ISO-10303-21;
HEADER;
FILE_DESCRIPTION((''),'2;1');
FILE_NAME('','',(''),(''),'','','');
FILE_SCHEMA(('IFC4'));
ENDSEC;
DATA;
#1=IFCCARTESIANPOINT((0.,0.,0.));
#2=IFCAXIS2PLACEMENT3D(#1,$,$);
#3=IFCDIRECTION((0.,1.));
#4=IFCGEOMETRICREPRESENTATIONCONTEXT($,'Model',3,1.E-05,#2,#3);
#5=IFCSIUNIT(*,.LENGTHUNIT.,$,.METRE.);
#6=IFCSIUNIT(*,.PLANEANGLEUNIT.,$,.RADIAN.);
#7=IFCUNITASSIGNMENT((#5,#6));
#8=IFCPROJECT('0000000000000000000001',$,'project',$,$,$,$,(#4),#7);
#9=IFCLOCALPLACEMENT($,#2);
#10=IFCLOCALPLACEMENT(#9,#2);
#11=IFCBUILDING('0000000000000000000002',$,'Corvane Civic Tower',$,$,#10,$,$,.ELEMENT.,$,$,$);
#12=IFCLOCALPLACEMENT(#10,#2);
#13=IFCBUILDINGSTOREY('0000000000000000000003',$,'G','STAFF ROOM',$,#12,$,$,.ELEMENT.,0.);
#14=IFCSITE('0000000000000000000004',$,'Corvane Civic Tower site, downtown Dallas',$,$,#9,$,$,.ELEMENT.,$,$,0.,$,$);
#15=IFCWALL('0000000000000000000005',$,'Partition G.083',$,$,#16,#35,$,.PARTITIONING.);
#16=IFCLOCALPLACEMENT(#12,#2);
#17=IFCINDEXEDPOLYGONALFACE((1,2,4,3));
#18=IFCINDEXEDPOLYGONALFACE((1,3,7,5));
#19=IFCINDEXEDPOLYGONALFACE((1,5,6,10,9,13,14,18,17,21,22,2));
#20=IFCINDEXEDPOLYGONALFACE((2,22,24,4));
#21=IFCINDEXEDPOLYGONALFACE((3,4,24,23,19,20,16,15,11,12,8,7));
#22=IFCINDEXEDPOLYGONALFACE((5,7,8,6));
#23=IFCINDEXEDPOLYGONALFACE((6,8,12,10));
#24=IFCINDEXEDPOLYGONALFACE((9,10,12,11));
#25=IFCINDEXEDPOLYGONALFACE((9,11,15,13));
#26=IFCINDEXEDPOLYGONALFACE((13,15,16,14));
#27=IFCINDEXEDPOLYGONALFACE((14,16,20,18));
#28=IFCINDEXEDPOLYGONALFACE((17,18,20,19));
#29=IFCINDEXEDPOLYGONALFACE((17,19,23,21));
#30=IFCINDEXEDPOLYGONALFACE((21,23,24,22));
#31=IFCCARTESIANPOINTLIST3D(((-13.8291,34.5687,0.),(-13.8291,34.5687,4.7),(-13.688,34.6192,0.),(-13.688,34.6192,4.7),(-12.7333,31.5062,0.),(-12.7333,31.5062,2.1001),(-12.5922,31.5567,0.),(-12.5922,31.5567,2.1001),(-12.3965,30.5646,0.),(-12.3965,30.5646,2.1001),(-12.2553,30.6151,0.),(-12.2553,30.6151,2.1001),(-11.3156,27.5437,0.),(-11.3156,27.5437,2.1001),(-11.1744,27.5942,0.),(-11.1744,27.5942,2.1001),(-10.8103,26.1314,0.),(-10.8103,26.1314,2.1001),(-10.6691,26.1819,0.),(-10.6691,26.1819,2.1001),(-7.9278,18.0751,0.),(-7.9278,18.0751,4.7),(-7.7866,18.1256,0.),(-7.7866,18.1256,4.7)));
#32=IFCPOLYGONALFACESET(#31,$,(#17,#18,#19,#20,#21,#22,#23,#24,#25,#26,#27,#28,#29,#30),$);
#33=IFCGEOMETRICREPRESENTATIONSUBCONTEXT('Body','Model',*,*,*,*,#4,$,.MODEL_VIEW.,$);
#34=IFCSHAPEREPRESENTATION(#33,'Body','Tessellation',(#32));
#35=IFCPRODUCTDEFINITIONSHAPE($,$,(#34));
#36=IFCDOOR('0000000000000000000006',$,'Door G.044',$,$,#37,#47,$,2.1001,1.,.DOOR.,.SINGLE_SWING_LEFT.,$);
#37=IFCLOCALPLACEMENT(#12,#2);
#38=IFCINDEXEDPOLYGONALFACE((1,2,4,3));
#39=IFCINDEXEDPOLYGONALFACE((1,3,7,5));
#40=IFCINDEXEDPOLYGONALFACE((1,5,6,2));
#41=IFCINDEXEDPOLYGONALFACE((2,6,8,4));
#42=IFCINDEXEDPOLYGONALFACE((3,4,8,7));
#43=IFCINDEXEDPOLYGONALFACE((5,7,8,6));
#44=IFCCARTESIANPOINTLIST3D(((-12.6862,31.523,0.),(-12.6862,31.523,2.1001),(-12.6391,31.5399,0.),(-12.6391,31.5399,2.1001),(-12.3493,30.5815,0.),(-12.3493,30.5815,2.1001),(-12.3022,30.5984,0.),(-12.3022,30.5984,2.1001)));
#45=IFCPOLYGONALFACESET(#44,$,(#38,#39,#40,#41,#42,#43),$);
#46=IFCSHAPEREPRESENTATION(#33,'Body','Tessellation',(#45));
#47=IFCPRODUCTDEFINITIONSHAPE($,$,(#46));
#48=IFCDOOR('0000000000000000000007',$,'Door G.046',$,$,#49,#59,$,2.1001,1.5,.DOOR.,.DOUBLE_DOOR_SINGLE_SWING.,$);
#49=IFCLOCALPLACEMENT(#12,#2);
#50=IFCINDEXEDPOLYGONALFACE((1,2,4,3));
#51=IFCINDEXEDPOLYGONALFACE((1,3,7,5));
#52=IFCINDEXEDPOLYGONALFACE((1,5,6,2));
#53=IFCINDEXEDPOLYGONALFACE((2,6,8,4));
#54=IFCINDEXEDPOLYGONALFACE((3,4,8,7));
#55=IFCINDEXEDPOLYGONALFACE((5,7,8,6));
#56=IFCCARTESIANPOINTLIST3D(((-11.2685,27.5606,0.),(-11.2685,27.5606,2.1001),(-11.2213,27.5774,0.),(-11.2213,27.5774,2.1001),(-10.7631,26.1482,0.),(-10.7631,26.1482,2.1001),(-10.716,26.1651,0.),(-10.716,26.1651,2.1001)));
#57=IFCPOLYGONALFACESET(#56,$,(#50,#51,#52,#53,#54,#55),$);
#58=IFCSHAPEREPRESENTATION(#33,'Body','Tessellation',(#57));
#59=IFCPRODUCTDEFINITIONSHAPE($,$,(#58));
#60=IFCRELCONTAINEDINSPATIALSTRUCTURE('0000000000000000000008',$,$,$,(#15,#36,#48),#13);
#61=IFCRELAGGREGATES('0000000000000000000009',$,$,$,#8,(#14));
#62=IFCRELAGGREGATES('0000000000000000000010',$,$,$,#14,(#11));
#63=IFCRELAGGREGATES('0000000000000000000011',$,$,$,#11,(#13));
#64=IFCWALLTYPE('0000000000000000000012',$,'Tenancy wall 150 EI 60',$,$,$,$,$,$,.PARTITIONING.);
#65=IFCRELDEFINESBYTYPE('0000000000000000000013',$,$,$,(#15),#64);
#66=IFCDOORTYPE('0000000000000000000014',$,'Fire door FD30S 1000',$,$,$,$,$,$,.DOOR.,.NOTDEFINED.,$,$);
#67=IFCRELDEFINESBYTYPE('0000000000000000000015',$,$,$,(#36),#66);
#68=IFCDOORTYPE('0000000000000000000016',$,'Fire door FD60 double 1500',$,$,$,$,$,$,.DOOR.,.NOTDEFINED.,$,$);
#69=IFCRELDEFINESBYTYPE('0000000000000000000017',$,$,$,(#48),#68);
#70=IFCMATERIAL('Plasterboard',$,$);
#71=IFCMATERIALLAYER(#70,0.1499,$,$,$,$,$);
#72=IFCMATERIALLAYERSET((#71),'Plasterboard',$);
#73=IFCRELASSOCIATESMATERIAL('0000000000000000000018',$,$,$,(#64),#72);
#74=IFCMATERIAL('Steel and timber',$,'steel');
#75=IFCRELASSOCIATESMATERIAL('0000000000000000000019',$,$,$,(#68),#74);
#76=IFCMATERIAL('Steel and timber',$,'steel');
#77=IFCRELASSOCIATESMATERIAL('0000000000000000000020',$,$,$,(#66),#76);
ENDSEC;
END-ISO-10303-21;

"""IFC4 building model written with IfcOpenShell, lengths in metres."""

from ifc_helpers import new_model, si_unit, direction, frame, frame_2d, origin, place, context, subcontext, project, spatial, rectangle, extrude, material, layer, layer_set, type_object, element, fill, save


model = new_model("IFC4")

# Units and contexts
model_context = context("Model", 3, precision=1e-05, world=origin(), true_north=direction((0.0, 1.0)))
body_context = subcontext(model_context, "Body", "Model", "MODEL_VIEW")
ifc_project = project(units=[si_unit("LENGTHUNIT", "METRE"), si_unit("PLANEANGLEUNIT", "RADIAN")], contexts=[model_context])

# Site, building, storey
site_placement = place(None, origin())
site = spatial("IfcSite", under=ifc_project, at=site_placement, Name="Corvane Civic Tower site, downtown Dallas", CompositionType="ELEMENT", RefElevation=0.0)
building_placement = place(site_placement, origin())
building = spatial("IfcBuilding", under=site, at=building_placement, Name="Corvane Civic Tower", CompositionType="ELEMENT")
storey_placement = place(building_placement, origin())
storey = spatial("IfcBuildingStorey", under=building, at=storey_placement, Name="G", Description="STAFF ROOM", CompositionType="ELEMENT", Elevation=0.0)

# Shared definitions
ifc_material_1 = material(Name="Plasterboard")
ifc_layer_1 = layer(ifc_material_1, 0.1499)
ifc_layer_set_1 = layer_set([ifc_layer_1], Name="Plasterboard")
wall_type_1 = type_object("IfcWallType", Name="Tenancy wall 150 EI 60", PredefinedType="PARTITIONING", material=ifc_layer_set_1)

# Wall, openings, doors
ifc_material_2 = material(Name="Steel and timber", Category="steel")
door_type_1 = type_object("IfcDoorType", Name="Fire door FD60 double 1500", OperationType="NOTDEFINED", PredefinedType="DOOR", material=ifc_material_2)
wall_1_placement = place(storey_placement, frame((-13.7585, 34.594, 0.0), z_axis=(0.0, 0.0, 1.0), x_axis=(0.336882, -0.941547, 0.0)))
wall_1 = element("IfcWall", 1, at=wall_1_placement, inside=storey, type_object=wall_type_1, Name="Partition G.083", PredefinedType="PARTITIONING", context=body_context, shape_type="SweptSolid", body=[
    extrude(rectangle(XDim=17.5176, YDim=0.1499, at=frame_2d((8.7588, 0.0))), origin(), (0.0, 0.0, 1.0), 4.7),
])
opening_1_placement = place(wall_1_placement, frame((3.2527, 0.0, 0.0)))
opening_1 = element("IfcOpeningElement", 2, at=opening_1_placement, cuts=wall_1, PredefinedType="OPENING", context=body_context, shape_type="SweptSolid", body=[
    extrude(rectangle(XDim=1.0, YDim=2.1001, at=frame_2d((0.5, 1.05))), frame((0.0, 0.085, 0.0), z_axis=(0.0, -1.0, 0.0), x_axis=(1.0, 0.0, 0.0)), (0.0, 0.0, 1.0), 0.1699),
])
opening_2_placement = place(wall_1_placement, frame((7.4612, 0.0, 0.0)))
opening_2 = element("IfcOpeningElement", 3, at=opening_2_placement, cuts=wall_1, PredefinedType="OPENING", context=body_context, shape_type="SweptSolid", body=[
    extrude(rectangle(XDim=1.5, YDim=2.1001, at=frame_2d((0.75, 1.05))), frame((0.0, 0.085, 0.0), z_axis=(0.0, -1.0, 0.0), x_axis=(1.0, 0.0, 0.0)), (0.0, 0.0, 1.0), 0.1699),
])
ifc_material_3 = material(Name="Steel and timber", Category="steel")
door_type_2 = type_object("IfcDoorType", Name="Fire door FD30S 1000", OperationType="NOTDEFINED", PredefinedType="DOOR", material=ifc_material_3)
door_1_placement = place(opening_1_placement, frame((1.0, 0.0, 0.0), z_axis=(0.0, 0.0, 1.0), x_axis=(-1.0, 0.0, 0.0)))
door_1 = element("IfcDoor", 4, at=door_1_placement, inside=storey, type_object=door_type_2, Name="Door G.044", OperationType="SINGLE_SWING_LEFT", OverallHeight=2.1001, OverallWidth=1.0, PredefinedType="DOOR", context=body_context, shape_type="SweptSolid", body=[
    extrude(rectangle(XDim=1.0, YDim=2.1001, at=frame_2d((0.5, 1.05))), frame((0.0, 0.0249, 0.0), z_axis=(0.0, -1.0, 0.0), x_axis=(1.0, 0.0, 0.0)), (0.0, 0.0, 1.0), 0.05),
])
fill(opening_1, door_1)
door_2_placement = place(opening_2_placement, frame((1.5, 0.0, 0.0), z_axis=(0.0, 0.0, 1.0), x_axis=(-1.0, 0.0, 0.0)))
door_2 = element("IfcDoor", 5, at=door_2_placement, inside=storey, type_object=door_type_1, Name="Door G.046", OperationType="DOUBLE_DOOR_SINGLE_SWING", OverallHeight=2.1001, OverallWidth=1.5, PredefinedType="DOOR", context=body_context, shape_type="SweptSolid", body=[
    extrude(rectangle(XDim=1.5, YDim=2.1001, at=frame_2d((0.75, 1.05))), frame((0.0, 0.0249, 0.0), z_axis=(0.0, -1.0, 0.0), x_axis=(1.0, 0.0, 0.0)), (0.0, 0.0, 1.0), 0.05),
])
fill(opening_2, door_2)

save(model, "model.ifc")
